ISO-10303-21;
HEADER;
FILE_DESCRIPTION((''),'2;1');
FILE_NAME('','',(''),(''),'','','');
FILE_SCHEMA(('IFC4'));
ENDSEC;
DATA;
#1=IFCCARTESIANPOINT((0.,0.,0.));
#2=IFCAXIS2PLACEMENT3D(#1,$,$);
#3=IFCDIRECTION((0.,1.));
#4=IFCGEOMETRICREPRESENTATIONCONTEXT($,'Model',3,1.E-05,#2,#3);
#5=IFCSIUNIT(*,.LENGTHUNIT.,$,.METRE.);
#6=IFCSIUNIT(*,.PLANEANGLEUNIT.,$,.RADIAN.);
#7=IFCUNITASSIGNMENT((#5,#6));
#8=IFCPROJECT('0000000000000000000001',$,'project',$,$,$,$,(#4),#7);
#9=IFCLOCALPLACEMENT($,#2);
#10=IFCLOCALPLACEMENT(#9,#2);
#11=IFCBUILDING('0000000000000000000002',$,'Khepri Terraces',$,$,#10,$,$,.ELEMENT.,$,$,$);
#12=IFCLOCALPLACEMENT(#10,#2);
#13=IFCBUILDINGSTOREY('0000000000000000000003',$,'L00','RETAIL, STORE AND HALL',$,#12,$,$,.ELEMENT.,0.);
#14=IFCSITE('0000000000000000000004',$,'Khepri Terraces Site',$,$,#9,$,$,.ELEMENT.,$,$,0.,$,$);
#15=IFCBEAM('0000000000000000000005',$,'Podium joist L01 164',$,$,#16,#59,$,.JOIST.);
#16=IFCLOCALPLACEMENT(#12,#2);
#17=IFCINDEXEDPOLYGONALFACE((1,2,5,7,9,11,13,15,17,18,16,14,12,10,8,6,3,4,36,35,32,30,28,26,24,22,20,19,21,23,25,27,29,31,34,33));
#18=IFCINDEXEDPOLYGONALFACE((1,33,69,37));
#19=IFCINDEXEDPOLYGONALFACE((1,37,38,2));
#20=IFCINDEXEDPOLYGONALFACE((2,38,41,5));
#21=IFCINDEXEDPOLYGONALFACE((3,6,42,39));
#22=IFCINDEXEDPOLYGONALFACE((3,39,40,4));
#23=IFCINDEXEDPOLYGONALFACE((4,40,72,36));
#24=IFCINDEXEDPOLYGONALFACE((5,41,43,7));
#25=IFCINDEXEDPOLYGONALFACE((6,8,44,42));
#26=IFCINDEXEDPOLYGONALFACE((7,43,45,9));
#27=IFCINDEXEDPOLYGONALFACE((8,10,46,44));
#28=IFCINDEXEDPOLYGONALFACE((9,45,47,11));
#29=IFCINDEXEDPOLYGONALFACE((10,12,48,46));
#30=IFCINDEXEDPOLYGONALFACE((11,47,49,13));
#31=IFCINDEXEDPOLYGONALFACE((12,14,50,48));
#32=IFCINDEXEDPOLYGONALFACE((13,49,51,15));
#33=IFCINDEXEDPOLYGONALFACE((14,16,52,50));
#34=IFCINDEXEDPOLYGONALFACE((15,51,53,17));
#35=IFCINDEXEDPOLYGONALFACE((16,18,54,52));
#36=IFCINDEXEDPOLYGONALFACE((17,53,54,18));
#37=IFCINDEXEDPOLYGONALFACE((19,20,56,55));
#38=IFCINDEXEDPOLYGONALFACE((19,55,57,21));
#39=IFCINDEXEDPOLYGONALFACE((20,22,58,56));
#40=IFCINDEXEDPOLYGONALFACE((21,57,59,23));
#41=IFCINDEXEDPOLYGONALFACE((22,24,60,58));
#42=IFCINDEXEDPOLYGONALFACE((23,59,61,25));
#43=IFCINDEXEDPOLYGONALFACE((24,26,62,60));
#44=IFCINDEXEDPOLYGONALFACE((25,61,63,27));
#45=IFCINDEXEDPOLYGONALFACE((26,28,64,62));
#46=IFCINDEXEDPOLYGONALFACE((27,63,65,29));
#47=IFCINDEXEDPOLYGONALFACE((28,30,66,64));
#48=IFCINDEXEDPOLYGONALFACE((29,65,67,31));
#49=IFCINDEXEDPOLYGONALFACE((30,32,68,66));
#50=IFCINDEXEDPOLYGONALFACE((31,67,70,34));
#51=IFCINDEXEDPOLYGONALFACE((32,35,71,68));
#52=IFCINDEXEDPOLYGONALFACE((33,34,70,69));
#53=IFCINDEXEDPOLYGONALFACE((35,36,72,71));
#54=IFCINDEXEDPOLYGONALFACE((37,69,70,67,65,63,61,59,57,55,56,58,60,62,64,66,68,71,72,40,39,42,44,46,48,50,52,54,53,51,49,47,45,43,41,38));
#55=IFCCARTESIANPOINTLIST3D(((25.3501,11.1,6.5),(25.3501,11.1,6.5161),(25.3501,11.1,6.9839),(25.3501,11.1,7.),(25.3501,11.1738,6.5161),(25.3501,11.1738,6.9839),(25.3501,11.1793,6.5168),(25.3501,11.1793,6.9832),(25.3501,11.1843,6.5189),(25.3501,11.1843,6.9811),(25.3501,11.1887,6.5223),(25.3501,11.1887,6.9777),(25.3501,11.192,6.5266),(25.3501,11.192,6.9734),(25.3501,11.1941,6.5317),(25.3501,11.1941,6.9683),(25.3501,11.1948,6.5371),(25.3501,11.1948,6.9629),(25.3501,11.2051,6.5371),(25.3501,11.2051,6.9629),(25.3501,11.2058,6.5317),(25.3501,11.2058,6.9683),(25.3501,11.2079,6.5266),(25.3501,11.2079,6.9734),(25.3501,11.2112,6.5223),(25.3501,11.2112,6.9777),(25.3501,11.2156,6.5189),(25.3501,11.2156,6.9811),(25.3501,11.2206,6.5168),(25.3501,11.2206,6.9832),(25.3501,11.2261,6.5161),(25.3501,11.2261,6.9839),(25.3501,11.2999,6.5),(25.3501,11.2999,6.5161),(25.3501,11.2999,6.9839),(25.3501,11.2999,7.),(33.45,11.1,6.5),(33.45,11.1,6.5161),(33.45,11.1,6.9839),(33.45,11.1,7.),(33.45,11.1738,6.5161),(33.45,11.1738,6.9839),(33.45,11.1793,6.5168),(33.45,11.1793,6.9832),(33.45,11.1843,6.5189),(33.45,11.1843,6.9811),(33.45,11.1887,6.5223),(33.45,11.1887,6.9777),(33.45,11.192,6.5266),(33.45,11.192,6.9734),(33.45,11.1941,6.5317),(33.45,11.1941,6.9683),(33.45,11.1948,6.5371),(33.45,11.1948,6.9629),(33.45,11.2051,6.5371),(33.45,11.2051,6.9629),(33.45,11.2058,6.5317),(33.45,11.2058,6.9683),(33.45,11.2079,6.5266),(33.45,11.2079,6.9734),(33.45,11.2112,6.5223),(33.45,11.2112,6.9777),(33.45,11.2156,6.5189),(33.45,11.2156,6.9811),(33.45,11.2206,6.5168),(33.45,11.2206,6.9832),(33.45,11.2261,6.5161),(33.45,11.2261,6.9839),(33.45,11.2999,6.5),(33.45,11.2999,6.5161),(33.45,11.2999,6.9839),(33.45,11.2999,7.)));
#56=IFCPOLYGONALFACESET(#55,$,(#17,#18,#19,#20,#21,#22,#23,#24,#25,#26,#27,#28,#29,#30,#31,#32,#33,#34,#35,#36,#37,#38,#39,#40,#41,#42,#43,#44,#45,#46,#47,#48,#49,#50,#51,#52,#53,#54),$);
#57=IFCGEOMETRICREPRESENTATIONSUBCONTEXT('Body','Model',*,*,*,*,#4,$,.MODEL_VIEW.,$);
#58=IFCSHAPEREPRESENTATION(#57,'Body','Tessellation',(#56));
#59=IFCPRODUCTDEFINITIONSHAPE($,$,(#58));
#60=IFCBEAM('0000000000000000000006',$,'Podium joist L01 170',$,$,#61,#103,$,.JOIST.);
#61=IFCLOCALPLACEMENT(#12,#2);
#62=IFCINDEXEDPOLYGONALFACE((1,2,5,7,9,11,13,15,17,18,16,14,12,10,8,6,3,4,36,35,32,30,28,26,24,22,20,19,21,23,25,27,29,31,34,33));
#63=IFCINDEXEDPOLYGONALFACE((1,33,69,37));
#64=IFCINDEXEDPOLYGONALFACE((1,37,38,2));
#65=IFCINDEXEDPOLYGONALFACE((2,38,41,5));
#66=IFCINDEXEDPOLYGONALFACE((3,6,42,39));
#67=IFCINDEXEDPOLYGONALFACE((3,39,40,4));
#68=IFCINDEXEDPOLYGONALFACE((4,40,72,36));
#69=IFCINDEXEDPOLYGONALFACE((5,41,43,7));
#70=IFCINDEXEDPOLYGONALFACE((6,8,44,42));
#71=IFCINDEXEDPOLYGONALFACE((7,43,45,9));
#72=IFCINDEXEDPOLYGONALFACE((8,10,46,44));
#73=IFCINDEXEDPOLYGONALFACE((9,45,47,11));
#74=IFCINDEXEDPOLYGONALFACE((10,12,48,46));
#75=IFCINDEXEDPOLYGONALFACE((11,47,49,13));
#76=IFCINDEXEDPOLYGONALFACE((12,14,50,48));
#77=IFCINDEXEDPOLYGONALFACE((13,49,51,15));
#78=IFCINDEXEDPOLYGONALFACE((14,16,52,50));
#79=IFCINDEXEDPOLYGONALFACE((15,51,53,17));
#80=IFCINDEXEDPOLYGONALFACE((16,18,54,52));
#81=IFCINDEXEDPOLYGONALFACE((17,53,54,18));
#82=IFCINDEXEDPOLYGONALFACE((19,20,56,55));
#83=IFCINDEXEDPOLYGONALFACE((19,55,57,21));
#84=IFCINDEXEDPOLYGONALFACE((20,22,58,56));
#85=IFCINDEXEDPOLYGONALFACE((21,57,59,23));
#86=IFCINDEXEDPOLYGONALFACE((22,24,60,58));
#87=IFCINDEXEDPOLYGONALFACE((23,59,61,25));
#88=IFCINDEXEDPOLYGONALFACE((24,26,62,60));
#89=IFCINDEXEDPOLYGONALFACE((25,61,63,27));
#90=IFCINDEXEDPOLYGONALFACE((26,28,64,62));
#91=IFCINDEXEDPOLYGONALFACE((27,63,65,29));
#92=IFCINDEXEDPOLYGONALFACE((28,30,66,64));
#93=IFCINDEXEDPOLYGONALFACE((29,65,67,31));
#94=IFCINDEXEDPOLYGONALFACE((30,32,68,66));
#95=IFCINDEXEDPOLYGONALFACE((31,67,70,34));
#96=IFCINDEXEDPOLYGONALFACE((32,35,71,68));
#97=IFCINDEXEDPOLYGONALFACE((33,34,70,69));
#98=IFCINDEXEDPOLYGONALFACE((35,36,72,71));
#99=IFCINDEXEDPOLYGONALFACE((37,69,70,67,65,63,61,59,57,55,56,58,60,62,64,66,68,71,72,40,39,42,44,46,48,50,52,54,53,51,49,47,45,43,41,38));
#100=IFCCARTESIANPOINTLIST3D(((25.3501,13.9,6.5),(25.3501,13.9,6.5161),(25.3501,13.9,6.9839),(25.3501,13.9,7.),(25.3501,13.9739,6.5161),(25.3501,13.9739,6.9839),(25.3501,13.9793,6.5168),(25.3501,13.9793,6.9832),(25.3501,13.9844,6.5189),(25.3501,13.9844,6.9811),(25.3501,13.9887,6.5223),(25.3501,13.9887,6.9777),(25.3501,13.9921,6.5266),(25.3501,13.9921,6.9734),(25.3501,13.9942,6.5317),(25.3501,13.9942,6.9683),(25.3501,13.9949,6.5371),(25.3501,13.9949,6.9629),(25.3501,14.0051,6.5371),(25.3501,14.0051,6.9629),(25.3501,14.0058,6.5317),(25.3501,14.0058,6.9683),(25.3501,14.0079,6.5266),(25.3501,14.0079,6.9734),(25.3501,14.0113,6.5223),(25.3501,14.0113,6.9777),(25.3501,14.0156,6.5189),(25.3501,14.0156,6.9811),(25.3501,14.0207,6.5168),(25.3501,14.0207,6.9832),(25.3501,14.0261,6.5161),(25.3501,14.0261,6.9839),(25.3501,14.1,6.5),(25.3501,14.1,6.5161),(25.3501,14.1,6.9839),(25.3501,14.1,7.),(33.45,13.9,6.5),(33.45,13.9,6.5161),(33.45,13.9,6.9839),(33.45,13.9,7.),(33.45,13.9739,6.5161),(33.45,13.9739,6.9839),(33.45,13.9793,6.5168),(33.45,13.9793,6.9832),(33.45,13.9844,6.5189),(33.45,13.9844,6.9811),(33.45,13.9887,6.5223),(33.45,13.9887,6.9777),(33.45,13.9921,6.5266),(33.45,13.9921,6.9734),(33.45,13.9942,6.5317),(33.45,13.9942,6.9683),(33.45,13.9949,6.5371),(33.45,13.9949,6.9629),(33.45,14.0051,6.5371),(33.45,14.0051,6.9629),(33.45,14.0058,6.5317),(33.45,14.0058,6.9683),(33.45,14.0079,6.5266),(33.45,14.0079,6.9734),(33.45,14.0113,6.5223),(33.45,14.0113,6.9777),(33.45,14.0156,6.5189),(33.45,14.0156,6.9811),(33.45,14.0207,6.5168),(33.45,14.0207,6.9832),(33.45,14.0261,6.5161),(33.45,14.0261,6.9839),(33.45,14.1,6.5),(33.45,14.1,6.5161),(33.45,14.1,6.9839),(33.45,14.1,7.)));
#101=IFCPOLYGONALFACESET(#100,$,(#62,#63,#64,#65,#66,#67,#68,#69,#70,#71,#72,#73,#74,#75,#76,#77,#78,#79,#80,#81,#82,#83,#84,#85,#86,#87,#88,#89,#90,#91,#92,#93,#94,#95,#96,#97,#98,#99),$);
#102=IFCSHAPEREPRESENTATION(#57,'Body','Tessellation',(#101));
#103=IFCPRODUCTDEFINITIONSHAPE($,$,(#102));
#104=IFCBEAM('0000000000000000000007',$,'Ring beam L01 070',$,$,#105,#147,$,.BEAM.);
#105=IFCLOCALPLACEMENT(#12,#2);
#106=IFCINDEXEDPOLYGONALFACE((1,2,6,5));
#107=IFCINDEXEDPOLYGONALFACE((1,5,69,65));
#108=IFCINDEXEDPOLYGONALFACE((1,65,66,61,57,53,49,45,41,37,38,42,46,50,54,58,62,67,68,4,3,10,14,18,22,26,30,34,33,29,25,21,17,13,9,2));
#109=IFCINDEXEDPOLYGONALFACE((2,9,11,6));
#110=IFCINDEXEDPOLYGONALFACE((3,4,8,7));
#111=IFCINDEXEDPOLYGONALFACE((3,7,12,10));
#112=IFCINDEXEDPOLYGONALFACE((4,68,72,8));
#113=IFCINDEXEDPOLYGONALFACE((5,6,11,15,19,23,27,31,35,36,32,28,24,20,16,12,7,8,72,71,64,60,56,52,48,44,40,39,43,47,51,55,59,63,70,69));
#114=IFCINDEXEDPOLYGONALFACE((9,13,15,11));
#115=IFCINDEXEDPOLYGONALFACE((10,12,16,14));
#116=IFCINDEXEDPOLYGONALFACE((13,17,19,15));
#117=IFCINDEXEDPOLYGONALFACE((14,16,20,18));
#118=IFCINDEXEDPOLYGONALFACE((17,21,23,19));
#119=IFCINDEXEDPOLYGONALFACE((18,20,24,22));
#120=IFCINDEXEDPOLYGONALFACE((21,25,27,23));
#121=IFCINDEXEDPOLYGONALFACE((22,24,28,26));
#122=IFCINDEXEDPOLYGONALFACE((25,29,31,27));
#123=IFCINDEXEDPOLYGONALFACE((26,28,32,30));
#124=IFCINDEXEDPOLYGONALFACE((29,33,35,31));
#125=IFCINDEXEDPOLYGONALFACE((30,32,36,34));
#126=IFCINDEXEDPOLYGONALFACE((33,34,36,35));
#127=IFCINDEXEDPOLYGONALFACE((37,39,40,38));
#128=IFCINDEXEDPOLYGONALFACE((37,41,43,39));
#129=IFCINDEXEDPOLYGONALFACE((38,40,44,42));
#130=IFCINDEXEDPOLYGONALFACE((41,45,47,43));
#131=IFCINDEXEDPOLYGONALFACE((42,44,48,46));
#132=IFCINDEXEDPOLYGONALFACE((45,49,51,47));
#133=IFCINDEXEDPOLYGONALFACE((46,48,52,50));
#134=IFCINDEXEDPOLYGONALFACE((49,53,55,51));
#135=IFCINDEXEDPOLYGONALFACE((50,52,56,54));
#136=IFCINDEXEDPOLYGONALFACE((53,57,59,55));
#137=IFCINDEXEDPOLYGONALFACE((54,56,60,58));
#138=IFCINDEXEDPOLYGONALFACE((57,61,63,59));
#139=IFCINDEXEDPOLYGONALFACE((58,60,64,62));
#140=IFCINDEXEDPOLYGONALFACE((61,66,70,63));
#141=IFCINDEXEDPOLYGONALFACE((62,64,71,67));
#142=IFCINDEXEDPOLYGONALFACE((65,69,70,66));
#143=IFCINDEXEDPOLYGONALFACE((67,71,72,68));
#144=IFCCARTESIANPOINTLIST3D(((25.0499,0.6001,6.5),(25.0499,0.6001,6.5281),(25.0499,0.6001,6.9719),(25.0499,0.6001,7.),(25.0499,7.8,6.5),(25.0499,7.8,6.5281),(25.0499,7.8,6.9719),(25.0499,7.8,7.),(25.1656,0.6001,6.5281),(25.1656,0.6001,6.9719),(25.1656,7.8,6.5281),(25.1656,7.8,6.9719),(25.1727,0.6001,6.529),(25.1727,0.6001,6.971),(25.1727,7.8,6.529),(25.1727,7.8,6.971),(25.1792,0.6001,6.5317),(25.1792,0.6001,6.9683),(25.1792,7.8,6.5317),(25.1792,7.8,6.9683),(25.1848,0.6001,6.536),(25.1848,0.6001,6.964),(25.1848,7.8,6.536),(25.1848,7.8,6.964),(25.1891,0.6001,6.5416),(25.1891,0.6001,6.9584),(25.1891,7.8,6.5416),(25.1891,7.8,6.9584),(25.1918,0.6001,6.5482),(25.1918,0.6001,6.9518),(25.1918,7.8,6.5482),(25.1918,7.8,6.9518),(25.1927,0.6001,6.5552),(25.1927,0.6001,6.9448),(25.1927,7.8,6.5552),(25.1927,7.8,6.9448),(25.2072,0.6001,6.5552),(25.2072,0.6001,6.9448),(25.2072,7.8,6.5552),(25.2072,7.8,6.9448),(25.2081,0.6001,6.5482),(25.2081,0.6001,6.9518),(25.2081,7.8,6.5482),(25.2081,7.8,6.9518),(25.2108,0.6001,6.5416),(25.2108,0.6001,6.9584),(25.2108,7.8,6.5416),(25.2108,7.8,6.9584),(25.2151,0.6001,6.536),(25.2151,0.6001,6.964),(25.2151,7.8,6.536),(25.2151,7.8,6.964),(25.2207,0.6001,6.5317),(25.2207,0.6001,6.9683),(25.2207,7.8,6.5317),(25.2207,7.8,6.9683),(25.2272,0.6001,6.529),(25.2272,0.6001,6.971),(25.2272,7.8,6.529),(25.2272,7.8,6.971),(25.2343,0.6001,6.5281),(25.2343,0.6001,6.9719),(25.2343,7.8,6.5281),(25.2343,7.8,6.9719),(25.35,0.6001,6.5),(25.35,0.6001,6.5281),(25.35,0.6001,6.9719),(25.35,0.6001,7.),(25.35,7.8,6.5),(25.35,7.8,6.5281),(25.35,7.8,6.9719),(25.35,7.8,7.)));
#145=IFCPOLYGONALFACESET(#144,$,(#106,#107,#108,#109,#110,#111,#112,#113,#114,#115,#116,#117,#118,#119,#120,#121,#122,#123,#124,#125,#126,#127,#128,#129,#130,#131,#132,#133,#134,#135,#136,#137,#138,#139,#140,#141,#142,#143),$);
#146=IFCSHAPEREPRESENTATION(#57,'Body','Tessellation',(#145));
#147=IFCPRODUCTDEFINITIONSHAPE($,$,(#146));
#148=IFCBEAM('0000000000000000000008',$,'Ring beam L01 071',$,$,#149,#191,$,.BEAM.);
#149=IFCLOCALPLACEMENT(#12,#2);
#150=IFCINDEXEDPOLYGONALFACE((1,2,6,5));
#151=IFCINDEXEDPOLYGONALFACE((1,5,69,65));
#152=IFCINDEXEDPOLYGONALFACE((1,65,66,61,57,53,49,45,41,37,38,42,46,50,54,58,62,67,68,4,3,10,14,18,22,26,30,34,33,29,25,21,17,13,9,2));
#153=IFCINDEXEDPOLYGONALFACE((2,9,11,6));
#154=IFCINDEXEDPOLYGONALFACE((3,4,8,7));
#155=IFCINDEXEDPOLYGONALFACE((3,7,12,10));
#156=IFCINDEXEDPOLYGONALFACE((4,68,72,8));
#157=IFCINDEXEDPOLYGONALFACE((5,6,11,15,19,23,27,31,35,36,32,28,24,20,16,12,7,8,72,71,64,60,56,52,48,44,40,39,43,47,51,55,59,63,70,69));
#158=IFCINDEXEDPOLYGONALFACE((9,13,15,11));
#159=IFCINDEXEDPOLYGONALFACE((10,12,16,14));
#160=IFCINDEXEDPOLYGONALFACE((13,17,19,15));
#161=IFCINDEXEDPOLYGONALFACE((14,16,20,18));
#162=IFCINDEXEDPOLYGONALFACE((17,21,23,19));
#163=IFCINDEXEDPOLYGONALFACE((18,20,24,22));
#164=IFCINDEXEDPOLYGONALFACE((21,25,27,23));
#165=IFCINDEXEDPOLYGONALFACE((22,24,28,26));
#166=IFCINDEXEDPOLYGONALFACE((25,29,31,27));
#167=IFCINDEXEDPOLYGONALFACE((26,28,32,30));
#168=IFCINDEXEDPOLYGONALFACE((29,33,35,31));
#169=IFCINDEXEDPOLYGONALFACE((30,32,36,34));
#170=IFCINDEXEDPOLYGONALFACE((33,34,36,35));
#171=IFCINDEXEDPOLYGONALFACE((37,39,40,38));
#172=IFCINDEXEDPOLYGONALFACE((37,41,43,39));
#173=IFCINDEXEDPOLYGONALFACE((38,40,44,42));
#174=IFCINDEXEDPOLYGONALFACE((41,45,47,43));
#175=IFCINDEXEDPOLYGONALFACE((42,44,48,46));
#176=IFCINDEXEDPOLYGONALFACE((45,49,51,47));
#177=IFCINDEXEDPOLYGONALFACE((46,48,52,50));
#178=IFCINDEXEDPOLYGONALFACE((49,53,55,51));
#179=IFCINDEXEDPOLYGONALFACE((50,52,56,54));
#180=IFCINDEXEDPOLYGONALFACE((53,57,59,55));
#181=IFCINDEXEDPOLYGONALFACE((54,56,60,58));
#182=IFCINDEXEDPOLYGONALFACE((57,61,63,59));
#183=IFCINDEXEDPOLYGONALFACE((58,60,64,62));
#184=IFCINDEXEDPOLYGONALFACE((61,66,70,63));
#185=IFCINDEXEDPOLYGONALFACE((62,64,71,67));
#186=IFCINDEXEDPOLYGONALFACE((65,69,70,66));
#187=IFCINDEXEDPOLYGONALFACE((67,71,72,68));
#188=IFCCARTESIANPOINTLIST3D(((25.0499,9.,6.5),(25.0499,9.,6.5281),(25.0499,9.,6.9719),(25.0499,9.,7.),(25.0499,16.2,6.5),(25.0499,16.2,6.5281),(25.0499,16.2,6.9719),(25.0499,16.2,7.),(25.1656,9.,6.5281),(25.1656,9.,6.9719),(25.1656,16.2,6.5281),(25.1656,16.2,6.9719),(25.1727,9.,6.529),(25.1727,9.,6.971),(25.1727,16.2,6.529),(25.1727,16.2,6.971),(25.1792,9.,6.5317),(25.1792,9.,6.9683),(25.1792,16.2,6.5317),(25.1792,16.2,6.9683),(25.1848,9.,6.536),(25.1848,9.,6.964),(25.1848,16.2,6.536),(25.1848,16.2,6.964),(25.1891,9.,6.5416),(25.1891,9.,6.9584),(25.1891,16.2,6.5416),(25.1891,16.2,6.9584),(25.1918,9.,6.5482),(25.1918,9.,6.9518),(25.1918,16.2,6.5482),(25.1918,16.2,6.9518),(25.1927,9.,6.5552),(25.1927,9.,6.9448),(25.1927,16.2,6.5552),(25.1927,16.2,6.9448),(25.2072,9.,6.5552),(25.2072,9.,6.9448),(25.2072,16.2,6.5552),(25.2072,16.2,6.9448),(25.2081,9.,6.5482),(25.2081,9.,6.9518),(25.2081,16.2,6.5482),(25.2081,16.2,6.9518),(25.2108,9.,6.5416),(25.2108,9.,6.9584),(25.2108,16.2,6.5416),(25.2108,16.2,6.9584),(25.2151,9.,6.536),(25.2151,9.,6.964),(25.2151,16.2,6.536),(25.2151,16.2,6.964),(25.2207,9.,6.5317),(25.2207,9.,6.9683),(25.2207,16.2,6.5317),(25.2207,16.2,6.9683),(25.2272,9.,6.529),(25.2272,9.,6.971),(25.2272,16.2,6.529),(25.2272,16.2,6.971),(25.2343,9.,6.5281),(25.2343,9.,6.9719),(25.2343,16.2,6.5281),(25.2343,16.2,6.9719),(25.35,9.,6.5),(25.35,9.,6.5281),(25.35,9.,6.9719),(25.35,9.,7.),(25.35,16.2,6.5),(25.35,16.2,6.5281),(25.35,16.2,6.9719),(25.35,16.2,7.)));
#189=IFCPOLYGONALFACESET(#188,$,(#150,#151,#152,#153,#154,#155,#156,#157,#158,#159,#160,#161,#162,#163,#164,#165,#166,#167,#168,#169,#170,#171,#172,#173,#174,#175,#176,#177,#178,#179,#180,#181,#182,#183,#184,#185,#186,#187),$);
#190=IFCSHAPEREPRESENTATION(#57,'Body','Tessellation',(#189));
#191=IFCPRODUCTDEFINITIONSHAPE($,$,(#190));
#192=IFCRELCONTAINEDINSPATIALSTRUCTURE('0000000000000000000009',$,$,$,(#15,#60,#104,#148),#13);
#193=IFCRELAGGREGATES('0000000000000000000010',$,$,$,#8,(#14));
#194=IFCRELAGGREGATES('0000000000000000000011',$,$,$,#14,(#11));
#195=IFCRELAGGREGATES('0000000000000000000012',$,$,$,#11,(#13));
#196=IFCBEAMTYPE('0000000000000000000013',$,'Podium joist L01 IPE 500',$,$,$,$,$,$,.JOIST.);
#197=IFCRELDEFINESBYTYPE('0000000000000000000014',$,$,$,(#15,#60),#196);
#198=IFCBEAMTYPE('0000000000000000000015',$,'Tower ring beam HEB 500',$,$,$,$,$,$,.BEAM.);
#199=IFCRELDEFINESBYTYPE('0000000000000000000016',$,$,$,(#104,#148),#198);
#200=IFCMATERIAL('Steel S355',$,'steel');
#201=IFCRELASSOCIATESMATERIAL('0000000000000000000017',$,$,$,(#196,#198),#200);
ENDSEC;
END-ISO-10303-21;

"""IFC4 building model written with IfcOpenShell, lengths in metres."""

from ifc_helpers import new_model, si_unit, direction, frame, origin, origin_2d, place, context, subcontext, project, spatial, i_section, extrude, material, material_profile, profile_set, type_object, element, save


model = new_model("IFC4")

# Units and contexts
model_context = context("Model", 3, precision=1e-05, world=origin(), true_north=direction((0.0, 1.0)))
body_context = subcontext(model_context, "Body", "Model", "MODEL_VIEW")
ifc_project = project(units=[si_unit("LENGTHUNIT", "METRE"), si_unit("PLANEANGLEUNIT", "RADIAN")], contexts=[model_context])

# Site, building, storey
site_placement = place(None, origin())
site = spatial("IfcSite", under=ifc_project, at=site_placement, Name="Khepri Terraces Site", CompositionType="ELEMENT", RefElevation=0.0)
building_placement = place(site_placement, origin())
building = spatial("IfcBuilding", under=site, at=building_placement, Name="Khepri Terraces", CompositionType="ELEMENT")
storey_placement = place(building_placement, origin())
storey = spatial("IfcBuildingStorey", under=building, at=storey_placement, Name="L00", Description="RETAIL, STORE AND HALL", CompositionType="ELEMENT", Elevation=0.0)

# Beams
ifc_material_1 = material(Name="Steel S355", Category="steel")
ifc_material_profile_1 = material_profile(ifc_material_1, i_section(OverallWidth=0.2, OverallDepth=0.5, WebThickness=0.0103, FlangeThickness=0.0161, FilletRadius=0.021, at=origin_2d()), Name="Steel S355", Category="steel")
ifc_profile_set_1 = profile_set([ifc_material_profile_1], Name="Steel S355")
beam_type_1 = type_object("IfcBeamType", Name="Podium joist L01 IPE 500", PredefinedType="JOIST", material=ifc_profile_set_1)
for number, where, z_axis, x_axis, name in (
    (1, (25.3501, 11.2, 6.75), (1.0, 0.0, 0.0), (0.0, 1.0, 0.0), "Podium joist L01 164"),
    (2, (25.3501, 14.0, 6.75), (1.0, 0.0, 0.0), (0.0, 1.0, 0.0), "Podium joist L01 170"),
):
    element("IfcBeam", number, at=place(storey_placement, frame(where, z_axis=z_axis, x_axis=x_axis)), inside=storey, type_object=beam_type_1, Name=name, PredefinedType="JOIST", context=body_context, shape_type="SweptSolid", body=[
        extrude(i_section(OverallWidth=0.2, OverallDepth=0.5, WebThickness=0.0103, FlangeThickness=0.0161, FilletRadius=0.021, at=origin_2d()), origin(), (0.0, 0.0, 1.0), 8.0999),
    ])
ifc_material_profile_2 = material_profile(ifc_material_1, i_section(OverallWidth=0.3, OverallDepth=0.5, WebThickness=0.0144, FlangeThickness=0.0281, FilletRadius=0.0271, at=origin_2d()), Name="Steel S355", Category="steel")
ifc_profile_set_2 = profile_set([ifc_material_profile_2], Name="Steel S355")
beam_type_2 = type_object("IfcBeamType", Name="Tower ring beam HEB 500", PredefinedType="BEAM", material=ifc_profile_set_2)
for number, where, z_axis, x_axis, name in (
    (3, (25.2, 0.6001, 6.75), (0.0, 1.0, 0.0), (-1.0, 0.0, 0.0), "Ring beam L01 070"),
    (4, (25.2, 9.0, 6.75), (0.0, 1.0, 0.0), (-1.0, 0.0, 0.0), "Ring beam L01 071"),
):
    element("IfcBeam", number, at=place(storey_placement, frame(where, z_axis=z_axis, x_axis=x_axis)), inside=storey, type_object=beam_type_2, Name=name, PredefinedType="BEAM", context=body_context, shape_type="SweptSolid", body=[
        extrude(i_section(OverallWidth=0.3, OverallDepth=0.5, WebThickness=0.0144, FlangeThickness=0.0281, FilletRadius=0.0271, at=origin_2d()), origin(), (0.0, 0.0, 1.0), 7.2),
    ])

save(model, "model.ifc")
